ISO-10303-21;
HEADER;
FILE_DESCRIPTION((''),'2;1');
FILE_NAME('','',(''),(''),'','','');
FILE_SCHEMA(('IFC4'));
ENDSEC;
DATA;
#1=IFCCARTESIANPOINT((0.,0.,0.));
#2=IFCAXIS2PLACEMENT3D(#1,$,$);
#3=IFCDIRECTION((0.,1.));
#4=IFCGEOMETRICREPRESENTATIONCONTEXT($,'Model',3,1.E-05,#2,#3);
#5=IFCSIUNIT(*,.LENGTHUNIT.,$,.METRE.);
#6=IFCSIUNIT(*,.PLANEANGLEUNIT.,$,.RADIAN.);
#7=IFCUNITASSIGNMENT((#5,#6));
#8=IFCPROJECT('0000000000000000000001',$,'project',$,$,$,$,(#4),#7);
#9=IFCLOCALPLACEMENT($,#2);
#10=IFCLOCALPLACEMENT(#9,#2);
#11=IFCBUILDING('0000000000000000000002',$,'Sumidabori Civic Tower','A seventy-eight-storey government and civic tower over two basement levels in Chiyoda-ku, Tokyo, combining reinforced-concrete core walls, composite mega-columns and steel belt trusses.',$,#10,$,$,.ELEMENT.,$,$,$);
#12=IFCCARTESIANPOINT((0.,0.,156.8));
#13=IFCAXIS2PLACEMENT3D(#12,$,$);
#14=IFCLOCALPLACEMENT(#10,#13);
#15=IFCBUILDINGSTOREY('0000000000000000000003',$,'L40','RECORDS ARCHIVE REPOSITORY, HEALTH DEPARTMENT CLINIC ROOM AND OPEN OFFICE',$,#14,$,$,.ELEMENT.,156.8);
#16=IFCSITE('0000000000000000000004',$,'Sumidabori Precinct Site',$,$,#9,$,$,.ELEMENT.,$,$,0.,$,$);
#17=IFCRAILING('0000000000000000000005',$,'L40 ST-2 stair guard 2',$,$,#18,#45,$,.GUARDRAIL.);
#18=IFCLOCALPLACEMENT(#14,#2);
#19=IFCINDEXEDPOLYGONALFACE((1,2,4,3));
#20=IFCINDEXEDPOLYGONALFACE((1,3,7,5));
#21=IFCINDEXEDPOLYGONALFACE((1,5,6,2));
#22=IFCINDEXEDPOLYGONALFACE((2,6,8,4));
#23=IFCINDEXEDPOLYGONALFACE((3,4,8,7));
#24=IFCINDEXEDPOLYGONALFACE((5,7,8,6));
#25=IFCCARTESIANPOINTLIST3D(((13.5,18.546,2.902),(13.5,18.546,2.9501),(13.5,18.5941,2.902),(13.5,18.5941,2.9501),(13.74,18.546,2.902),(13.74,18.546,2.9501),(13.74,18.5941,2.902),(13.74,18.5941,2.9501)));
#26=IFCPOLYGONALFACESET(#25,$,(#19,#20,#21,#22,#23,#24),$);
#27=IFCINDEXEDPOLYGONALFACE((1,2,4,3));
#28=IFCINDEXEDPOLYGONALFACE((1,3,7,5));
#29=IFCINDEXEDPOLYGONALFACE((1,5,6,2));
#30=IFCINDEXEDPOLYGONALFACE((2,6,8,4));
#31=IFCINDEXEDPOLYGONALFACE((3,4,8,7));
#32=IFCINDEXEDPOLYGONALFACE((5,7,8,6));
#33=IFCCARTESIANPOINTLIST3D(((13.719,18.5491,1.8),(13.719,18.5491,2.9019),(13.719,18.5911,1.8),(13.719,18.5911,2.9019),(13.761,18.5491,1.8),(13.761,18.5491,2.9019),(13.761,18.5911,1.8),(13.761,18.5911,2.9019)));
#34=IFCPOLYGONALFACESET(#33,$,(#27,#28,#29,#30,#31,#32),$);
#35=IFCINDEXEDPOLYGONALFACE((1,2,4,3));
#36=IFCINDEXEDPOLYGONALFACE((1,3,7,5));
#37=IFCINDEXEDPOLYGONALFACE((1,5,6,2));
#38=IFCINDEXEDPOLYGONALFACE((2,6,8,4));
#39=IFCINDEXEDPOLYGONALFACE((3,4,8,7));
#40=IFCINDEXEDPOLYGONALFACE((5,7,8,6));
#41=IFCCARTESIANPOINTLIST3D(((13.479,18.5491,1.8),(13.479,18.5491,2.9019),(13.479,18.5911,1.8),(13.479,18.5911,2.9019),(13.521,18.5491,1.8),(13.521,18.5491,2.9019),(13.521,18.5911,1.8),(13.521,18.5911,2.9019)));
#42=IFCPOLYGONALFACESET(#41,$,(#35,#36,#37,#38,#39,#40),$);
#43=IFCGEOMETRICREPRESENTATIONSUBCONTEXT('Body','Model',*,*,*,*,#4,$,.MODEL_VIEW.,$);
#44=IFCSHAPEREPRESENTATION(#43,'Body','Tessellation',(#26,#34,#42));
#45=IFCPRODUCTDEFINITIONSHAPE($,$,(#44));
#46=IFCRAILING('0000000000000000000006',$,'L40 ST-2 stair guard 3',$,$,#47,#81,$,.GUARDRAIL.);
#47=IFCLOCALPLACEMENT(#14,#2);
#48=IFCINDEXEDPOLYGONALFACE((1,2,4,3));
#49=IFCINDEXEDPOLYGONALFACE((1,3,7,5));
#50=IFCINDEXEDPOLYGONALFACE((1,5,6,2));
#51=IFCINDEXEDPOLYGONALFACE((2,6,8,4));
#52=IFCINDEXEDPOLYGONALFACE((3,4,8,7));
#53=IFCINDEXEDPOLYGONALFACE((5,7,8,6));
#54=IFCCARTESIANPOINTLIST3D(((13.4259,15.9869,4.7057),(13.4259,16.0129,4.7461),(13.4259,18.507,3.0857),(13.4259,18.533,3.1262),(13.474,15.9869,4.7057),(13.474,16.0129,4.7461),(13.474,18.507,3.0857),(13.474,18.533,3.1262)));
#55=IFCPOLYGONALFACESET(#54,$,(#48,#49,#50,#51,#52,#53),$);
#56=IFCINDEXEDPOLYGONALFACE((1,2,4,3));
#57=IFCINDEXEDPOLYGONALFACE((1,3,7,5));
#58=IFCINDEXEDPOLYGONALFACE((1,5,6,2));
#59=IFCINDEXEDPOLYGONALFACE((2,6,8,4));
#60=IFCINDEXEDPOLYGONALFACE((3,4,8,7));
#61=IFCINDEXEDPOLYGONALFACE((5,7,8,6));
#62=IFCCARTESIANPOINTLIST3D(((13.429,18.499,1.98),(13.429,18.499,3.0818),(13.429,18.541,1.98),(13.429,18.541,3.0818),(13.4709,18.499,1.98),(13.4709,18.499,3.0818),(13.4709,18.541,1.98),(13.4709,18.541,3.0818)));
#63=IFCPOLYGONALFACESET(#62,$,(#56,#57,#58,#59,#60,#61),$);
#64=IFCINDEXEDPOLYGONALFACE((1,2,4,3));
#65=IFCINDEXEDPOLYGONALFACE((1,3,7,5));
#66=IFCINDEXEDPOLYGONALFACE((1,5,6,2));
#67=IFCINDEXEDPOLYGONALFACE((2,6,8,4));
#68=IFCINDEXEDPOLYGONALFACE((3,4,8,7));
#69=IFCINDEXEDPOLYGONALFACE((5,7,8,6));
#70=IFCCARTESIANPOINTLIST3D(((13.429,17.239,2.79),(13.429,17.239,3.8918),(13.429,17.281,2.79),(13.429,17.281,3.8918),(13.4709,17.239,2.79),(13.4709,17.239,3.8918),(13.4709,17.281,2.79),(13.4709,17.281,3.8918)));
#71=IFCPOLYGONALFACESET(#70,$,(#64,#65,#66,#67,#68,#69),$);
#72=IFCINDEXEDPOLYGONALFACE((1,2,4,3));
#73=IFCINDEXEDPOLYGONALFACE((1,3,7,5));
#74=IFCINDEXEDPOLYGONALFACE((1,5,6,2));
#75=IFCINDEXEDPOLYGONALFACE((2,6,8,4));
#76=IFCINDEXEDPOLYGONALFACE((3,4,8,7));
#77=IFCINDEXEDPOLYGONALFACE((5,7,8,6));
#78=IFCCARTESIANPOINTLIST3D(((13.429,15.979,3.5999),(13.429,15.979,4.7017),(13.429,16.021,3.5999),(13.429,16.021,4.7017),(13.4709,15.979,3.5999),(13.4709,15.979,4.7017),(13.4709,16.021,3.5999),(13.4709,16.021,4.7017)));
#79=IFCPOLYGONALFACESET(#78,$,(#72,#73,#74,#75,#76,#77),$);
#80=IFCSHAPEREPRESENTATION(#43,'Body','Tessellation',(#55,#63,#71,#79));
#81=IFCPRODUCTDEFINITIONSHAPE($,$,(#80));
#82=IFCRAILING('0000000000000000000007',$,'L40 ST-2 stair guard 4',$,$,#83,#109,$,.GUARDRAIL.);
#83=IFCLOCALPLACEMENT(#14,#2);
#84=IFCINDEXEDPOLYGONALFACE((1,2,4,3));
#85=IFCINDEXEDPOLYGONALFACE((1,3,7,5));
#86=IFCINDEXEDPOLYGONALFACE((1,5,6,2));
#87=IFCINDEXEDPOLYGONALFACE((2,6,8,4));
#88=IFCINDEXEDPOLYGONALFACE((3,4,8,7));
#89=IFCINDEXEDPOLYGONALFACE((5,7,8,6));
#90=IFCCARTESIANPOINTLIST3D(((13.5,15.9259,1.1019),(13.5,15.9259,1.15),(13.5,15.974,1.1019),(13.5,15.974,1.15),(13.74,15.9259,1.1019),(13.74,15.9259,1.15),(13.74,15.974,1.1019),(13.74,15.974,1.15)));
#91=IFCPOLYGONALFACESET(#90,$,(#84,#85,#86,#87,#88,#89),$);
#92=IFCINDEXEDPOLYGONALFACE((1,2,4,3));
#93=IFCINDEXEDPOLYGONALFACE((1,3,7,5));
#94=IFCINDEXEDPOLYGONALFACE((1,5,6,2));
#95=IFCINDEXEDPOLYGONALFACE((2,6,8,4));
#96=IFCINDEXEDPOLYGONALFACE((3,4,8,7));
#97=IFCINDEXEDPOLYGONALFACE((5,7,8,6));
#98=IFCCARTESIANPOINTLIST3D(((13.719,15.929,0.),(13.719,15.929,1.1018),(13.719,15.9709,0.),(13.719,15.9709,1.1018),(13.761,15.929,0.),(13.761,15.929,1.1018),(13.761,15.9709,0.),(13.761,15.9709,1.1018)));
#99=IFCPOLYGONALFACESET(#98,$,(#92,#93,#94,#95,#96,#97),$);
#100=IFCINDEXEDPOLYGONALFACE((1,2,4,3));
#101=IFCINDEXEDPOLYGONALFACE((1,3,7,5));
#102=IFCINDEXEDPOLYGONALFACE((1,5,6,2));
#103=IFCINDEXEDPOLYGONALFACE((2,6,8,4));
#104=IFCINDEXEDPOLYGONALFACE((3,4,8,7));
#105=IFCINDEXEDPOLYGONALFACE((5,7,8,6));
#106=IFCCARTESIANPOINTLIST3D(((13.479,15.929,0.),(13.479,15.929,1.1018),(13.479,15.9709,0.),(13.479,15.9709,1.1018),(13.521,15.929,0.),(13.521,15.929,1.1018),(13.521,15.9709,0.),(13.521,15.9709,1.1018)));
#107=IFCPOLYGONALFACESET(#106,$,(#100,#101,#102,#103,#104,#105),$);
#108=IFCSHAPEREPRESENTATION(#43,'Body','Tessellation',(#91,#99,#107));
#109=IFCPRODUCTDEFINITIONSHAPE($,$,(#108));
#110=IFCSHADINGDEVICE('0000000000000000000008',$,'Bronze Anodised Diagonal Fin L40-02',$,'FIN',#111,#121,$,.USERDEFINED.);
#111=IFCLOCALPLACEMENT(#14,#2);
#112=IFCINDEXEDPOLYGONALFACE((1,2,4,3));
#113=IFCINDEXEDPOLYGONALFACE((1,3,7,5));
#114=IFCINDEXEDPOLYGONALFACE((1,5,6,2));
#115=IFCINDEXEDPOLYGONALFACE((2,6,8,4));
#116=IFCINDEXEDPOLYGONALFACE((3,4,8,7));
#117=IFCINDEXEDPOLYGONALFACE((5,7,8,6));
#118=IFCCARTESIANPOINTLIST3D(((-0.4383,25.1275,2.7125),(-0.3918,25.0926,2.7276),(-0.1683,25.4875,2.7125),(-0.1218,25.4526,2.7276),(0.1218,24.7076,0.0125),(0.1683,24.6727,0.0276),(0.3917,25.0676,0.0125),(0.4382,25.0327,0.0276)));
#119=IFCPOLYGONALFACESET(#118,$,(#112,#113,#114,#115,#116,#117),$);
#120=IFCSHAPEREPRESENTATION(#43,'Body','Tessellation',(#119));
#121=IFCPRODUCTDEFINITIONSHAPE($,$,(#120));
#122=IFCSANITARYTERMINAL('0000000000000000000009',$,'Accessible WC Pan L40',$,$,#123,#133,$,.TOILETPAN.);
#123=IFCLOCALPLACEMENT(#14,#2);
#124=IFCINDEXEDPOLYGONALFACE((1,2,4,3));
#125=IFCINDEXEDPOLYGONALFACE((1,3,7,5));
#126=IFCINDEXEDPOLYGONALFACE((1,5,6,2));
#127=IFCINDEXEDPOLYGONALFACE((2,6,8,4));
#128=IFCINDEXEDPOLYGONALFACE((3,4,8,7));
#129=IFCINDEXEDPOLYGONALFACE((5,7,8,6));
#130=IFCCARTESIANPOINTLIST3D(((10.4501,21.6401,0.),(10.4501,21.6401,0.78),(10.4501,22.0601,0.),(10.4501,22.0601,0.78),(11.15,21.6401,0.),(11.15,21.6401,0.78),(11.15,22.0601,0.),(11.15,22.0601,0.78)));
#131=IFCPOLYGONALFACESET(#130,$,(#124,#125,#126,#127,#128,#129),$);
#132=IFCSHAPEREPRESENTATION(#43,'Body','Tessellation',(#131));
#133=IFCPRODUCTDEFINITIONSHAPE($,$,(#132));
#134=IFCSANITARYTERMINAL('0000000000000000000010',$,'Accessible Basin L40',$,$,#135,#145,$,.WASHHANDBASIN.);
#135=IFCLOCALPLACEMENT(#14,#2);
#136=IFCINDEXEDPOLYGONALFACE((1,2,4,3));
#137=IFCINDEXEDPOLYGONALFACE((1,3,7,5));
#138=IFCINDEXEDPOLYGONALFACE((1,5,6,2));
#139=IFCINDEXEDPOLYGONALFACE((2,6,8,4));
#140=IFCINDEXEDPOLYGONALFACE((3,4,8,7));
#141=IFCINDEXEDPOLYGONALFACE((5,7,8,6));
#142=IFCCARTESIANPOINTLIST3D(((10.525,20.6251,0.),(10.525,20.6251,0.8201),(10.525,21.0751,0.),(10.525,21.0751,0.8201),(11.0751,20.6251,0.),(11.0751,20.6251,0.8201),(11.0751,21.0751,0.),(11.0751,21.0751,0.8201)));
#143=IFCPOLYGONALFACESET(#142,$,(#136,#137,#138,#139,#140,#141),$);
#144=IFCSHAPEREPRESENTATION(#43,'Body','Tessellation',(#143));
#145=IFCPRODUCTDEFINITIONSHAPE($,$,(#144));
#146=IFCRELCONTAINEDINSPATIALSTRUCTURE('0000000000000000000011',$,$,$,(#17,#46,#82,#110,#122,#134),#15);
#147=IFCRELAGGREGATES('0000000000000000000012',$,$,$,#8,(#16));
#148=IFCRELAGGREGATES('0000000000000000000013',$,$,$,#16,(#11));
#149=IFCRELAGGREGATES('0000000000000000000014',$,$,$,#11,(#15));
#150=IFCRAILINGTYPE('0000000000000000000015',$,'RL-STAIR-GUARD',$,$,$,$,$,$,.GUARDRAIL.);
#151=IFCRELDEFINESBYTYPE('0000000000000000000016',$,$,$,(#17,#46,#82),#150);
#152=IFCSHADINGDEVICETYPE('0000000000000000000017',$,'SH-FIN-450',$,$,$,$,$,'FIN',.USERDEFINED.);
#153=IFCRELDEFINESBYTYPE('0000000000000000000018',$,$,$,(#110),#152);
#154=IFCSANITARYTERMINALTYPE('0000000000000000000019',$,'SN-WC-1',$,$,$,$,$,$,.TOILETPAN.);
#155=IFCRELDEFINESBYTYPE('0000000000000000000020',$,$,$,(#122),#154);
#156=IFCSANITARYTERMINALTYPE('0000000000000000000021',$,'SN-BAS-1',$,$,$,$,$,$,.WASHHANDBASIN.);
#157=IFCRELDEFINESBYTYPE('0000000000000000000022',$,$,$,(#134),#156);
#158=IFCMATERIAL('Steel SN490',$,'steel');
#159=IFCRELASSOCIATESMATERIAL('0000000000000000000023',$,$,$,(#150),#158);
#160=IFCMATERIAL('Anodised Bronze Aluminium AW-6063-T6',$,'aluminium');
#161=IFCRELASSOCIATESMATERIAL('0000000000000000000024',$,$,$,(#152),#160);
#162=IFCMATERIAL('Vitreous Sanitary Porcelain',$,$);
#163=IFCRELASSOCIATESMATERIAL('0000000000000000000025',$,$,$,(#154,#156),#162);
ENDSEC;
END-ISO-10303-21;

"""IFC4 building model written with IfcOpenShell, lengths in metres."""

from ifc_helpers import new_model, si_unit, direction, frame, origin, origin_2d, place, context, subcontext, project, spatial, rectangle, extrude, source, transform, mapped, material, material_profile, profile_set, type_object, element, save


model = new_model("IFC4")

# Units and contexts
model_context = context("Model", 3, precision=1e-05, world=origin(), true_north=direction((0.0, 1.0)))
body_context = subcontext(model_context, "Body", "Model", "MODEL_VIEW")
ifc_project = project(units=[si_unit("LENGTHUNIT", "METRE"), si_unit("PLANEANGLEUNIT", "RADIAN")], contexts=[model_context])

# Site, building, storey
site_placement = place(None, origin())
site = spatial("IfcSite", under=ifc_project, at=site_placement, Name="Sumidabori Precinct Site", CompositionType="ELEMENT", RefElevation=0.0)
building_placement = place(site_placement, origin())
building = spatial("IfcBuilding", under=site, at=building_placement, Name="Sumidabori Civic Tower", Description="A seventy-eight-storey government and civic tower over two basement levels in Chiyoda-ku, Tokyo, combining reinforced-concrete core walls, composite mega-columns and steel belt trusses.", CompositionType="ELEMENT")
storey_placement = place(building_placement, frame((0.0, 0.0, 156.8)))
storey = spatial("IfcBuildingStorey", under=building, at=storey_placement, Name="L40", Description="RECORDS ARCHIVE REPOSITORY, HEALTH DEPARTMENT CLINIC ROOM AND OPEN OFFICE", CompositionType="ELEMENT", Elevation=156.8)

# Shared definitions
ifc_material_1 = material(Name="Steel SN490", Category="steel")

# Shared definitions
ifc_material_2 = material(Name="Anodised Bronze Aluminium AW-6063-T6", Category="aluminium")

# Railings
railing_type_1 = type_object("IfcRailingType", Name="RL-STAIR-GUARD", PredefinedType="GUARDRAIL", material=ifc_material_1)
railing_1_placement = place(storey_placement, frame((13.74, 18.5701, 1.8)))
element("IfcRailing", 1, at=railing_1_placement, inside=storey, type_object=railing_type_1, Name="L40 ST-2 stair guard 2", PredefinedType="GUARDRAIL", context=body_context, shape_type="SweptSolid", body=[
    extrude(rectangle(XDim=0.0481, YDim=0.0481, at=origin_2d()), frame((0.0, 0.0, 1.126), z_axis=(-1.0, 0.0, 0.0), x_axis=(0.0, -1.0, 0.0)), (0.0, 0.0, 1.0), 0.24),
    extrude(rectangle(XDim=0.042, YDim=0.042, at=origin_2d()), origin(), (0.0, 0.0, 1.0), 1.1018),
    extrude(rectangle(XDim=0.042, YDim=0.042, at=origin_2d()), frame((-0.24, 0.0, 0.0)), (0.0, 0.0, 1.0), 1.1018),
])
railing_2_placement = place(storey_placement, frame((13.45, 18.52, 1.98)))
element("IfcRailing", 2, at=railing_2_placement, inside=storey, type_object=railing_type_1, Name="L40 ST-2 stair guard 3", PredefinedType="GUARDRAIL", context=body_context, shape_type="SweptSolid", body=[
    extrude(rectangle(XDim=0.0481, YDim=0.0481, at=origin_2d()), frame((0.0, 0.0, 1.126), z_axis=(0.0, -0.8412, 0.540725), x_axis=(1.0, 0.0, 0.0)), (0.0, 0.0, 1.0), 2.9958),
    extrude(rectangle(XDim=0.042, YDim=0.042, at=origin_2d()), origin(), (0.0, 0.0, 1.0), 1.1018),
    extrude(rectangle(XDim=0.042, YDim=0.042, at=origin_2d()), frame((0.0, -1.26, 0.8101)), (0.0, 0.0, 1.0), 1.1018),
    extrude(rectangle(XDim=0.042, YDim=0.042, at=origin_2d()), frame((0.0, -2.52, 1.6199)), (0.0, 0.0, 1.0), 1.1018),
])
railing_3_placement = place(storey_placement, frame((13.74, 15.95, 0.0)))
element("IfcRailing", 3, at=railing_3_placement, inside=storey, type_object=railing_type_1, Name="L40 ST-2 stair guard 4", PredefinedType="GUARDRAIL", context=body_context, shape_type="SweptSolid", body=[
    extrude(rectangle(XDim=0.0481, YDim=0.0481, at=origin_2d()), frame((0.0, 0.0, 1.126), z_axis=(-1.0, 0.0, 0.0), x_axis=(0.0, -1.0, 0.0)), (0.0, 0.0, 1.0), 0.24),
    extrude(rectangle(XDim=0.042, YDim=0.042, at=origin_2d()), origin(), (0.0, 0.0, 1.0), 1.1018),
    extrude(rectangle(XDim=0.042, YDim=0.042, at=origin_2d()), frame((-0.24, 0.0, 0.0)), (0.0, 0.0, 1.0), 1.1018),
])

# Shading device
ifc_material_profile_1 = material_profile(ifc_material_2, rectangle(XDim=0.0601, YDim=0.45, at=origin_2d()), Name="BRONZE FIN 450x60")
ifc_profile_set_1 = profile_set([ifc_material_profile_1], Name="Anodised Bronze Aluminium AW-6063-T6")
shading_device_type = type_object("IfcShadingDeviceType", Name="SH-FIN-450", ElementType="FIN", PredefinedType="USERDEFINED", material=ifc_profile_set_1)
shared_shape_1 = source(origin(), body_context, "Body", "SweptSolid", [
    extrude(rectangle(XDim=0.0601, YDim=0.45, at=origin_2d()), origin(), (0.0, 0.0, 1.0), 2.7893),
])
shading_device_placement = place(storey_placement, frame((0.28, 24.8701, 0.02), z_axis=(-0.200794, 0.150552, 0.967996), x_axis=(0.774478, -0.580689, 0.250966)))
element("IfcShadingDevice", 4, at=shading_device_placement, inside=storey, type_object=shading_device_type, Name="Bronze Anodised Diagonal Fin L40-02", ObjectType="FIN", PredefinedType="USERDEFINED", context=body_context, shape_type="MappedRepresentation", body=[
    mapped(shared_shape_1, transform((0.0, 0.0, 0.0), x_axis=(1.0, 0.0, 0.0), y_axis=(0.0, 1.0, 0.0), z_axis=(0.0, 0.0, 1.0), scale=1.0)),
])

# Sanitary terminals
ifc_material_3 = material(Name="Vitreous Sanitary Porcelain")
sanitary_terminal_type_1 = type_object("IfcSanitaryTerminalType", Name="SN-WC-1", PredefinedType="TOILETPAN", material=ifc_material_3)
shared_shape_2 = source(origin(), body_context, "Body", "SweptSolid", [
    extrude(rectangle(XDim=0.7, YDim=0.4199, at=origin_2d()), origin(), (0.0, 0.0, 1.0), 0.78),
])
sanitary_terminal_1_placement = place(storey_placement, frame((10.8, 21.8501, 0.0), z_axis=(0.0, 0.0, 1.0), x_axis=(1.0, 0.0, 0.0)))
element("IfcSanitaryTerminal", 5, at=sanitary_terminal_1_placement, inside=storey, type_object=sanitary_terminal_type_1, Name="Accessible WC Pan L40", PredefinedType="TOILETPAN", context=body_context, shape_type="MappedRepresentation", body=[
    mapped(shared_shape_2, transform((0.0, 0.0, 0.0), x_axis=(1.0, 0.0, 0.0), y_axis=(0.0, 1.0, 0.0), z_axis=(0.0, 0.0, 1.0), scale=1.0)),
])
sanitary_terminal_type_2 = type_object("IfcSanitaryTerminalType", Name="SN-BAS-1", PredefinedType="WASHHANDBASIN", material=ifc_material_3)
shared_shape_3 = source(origin(), body_context, "Body", "SweptSolid", [
    extrude(rectangle(XDim=0.55, YDim=0.45, at=origin_2d()), origin(), (0.0, 0.0, 1.0), 0.8201),
])
sanitary_terminal_2_placement = place(storey_placement, frame((10.8, 20.8501, 0.0), z_axis=(0.0, 0.0, 1.0), x_axis=(1.0, 0.0, 0.0)))
element("IfcSanitaryTerminal", 6, at=sanitary_terminal_2_placement, inside=storey, type_object=sanitary_terminal_type_2, Name="Accessible Basin L40", PredefinedType="WASHHANDBASIN", context=body_context, shape_type="MappedRepresentation", body=[
    mapped(shared_shape_3, transform((0.0, 0.0, 0.0), x_axis=(1.0, 0.0, 0.0), y_axis=(0.0, 1.0, 0.0), z_axis=(0.0, 0.0, 1.0), scale=1.0)),
])

save(model, "model.ifc")
